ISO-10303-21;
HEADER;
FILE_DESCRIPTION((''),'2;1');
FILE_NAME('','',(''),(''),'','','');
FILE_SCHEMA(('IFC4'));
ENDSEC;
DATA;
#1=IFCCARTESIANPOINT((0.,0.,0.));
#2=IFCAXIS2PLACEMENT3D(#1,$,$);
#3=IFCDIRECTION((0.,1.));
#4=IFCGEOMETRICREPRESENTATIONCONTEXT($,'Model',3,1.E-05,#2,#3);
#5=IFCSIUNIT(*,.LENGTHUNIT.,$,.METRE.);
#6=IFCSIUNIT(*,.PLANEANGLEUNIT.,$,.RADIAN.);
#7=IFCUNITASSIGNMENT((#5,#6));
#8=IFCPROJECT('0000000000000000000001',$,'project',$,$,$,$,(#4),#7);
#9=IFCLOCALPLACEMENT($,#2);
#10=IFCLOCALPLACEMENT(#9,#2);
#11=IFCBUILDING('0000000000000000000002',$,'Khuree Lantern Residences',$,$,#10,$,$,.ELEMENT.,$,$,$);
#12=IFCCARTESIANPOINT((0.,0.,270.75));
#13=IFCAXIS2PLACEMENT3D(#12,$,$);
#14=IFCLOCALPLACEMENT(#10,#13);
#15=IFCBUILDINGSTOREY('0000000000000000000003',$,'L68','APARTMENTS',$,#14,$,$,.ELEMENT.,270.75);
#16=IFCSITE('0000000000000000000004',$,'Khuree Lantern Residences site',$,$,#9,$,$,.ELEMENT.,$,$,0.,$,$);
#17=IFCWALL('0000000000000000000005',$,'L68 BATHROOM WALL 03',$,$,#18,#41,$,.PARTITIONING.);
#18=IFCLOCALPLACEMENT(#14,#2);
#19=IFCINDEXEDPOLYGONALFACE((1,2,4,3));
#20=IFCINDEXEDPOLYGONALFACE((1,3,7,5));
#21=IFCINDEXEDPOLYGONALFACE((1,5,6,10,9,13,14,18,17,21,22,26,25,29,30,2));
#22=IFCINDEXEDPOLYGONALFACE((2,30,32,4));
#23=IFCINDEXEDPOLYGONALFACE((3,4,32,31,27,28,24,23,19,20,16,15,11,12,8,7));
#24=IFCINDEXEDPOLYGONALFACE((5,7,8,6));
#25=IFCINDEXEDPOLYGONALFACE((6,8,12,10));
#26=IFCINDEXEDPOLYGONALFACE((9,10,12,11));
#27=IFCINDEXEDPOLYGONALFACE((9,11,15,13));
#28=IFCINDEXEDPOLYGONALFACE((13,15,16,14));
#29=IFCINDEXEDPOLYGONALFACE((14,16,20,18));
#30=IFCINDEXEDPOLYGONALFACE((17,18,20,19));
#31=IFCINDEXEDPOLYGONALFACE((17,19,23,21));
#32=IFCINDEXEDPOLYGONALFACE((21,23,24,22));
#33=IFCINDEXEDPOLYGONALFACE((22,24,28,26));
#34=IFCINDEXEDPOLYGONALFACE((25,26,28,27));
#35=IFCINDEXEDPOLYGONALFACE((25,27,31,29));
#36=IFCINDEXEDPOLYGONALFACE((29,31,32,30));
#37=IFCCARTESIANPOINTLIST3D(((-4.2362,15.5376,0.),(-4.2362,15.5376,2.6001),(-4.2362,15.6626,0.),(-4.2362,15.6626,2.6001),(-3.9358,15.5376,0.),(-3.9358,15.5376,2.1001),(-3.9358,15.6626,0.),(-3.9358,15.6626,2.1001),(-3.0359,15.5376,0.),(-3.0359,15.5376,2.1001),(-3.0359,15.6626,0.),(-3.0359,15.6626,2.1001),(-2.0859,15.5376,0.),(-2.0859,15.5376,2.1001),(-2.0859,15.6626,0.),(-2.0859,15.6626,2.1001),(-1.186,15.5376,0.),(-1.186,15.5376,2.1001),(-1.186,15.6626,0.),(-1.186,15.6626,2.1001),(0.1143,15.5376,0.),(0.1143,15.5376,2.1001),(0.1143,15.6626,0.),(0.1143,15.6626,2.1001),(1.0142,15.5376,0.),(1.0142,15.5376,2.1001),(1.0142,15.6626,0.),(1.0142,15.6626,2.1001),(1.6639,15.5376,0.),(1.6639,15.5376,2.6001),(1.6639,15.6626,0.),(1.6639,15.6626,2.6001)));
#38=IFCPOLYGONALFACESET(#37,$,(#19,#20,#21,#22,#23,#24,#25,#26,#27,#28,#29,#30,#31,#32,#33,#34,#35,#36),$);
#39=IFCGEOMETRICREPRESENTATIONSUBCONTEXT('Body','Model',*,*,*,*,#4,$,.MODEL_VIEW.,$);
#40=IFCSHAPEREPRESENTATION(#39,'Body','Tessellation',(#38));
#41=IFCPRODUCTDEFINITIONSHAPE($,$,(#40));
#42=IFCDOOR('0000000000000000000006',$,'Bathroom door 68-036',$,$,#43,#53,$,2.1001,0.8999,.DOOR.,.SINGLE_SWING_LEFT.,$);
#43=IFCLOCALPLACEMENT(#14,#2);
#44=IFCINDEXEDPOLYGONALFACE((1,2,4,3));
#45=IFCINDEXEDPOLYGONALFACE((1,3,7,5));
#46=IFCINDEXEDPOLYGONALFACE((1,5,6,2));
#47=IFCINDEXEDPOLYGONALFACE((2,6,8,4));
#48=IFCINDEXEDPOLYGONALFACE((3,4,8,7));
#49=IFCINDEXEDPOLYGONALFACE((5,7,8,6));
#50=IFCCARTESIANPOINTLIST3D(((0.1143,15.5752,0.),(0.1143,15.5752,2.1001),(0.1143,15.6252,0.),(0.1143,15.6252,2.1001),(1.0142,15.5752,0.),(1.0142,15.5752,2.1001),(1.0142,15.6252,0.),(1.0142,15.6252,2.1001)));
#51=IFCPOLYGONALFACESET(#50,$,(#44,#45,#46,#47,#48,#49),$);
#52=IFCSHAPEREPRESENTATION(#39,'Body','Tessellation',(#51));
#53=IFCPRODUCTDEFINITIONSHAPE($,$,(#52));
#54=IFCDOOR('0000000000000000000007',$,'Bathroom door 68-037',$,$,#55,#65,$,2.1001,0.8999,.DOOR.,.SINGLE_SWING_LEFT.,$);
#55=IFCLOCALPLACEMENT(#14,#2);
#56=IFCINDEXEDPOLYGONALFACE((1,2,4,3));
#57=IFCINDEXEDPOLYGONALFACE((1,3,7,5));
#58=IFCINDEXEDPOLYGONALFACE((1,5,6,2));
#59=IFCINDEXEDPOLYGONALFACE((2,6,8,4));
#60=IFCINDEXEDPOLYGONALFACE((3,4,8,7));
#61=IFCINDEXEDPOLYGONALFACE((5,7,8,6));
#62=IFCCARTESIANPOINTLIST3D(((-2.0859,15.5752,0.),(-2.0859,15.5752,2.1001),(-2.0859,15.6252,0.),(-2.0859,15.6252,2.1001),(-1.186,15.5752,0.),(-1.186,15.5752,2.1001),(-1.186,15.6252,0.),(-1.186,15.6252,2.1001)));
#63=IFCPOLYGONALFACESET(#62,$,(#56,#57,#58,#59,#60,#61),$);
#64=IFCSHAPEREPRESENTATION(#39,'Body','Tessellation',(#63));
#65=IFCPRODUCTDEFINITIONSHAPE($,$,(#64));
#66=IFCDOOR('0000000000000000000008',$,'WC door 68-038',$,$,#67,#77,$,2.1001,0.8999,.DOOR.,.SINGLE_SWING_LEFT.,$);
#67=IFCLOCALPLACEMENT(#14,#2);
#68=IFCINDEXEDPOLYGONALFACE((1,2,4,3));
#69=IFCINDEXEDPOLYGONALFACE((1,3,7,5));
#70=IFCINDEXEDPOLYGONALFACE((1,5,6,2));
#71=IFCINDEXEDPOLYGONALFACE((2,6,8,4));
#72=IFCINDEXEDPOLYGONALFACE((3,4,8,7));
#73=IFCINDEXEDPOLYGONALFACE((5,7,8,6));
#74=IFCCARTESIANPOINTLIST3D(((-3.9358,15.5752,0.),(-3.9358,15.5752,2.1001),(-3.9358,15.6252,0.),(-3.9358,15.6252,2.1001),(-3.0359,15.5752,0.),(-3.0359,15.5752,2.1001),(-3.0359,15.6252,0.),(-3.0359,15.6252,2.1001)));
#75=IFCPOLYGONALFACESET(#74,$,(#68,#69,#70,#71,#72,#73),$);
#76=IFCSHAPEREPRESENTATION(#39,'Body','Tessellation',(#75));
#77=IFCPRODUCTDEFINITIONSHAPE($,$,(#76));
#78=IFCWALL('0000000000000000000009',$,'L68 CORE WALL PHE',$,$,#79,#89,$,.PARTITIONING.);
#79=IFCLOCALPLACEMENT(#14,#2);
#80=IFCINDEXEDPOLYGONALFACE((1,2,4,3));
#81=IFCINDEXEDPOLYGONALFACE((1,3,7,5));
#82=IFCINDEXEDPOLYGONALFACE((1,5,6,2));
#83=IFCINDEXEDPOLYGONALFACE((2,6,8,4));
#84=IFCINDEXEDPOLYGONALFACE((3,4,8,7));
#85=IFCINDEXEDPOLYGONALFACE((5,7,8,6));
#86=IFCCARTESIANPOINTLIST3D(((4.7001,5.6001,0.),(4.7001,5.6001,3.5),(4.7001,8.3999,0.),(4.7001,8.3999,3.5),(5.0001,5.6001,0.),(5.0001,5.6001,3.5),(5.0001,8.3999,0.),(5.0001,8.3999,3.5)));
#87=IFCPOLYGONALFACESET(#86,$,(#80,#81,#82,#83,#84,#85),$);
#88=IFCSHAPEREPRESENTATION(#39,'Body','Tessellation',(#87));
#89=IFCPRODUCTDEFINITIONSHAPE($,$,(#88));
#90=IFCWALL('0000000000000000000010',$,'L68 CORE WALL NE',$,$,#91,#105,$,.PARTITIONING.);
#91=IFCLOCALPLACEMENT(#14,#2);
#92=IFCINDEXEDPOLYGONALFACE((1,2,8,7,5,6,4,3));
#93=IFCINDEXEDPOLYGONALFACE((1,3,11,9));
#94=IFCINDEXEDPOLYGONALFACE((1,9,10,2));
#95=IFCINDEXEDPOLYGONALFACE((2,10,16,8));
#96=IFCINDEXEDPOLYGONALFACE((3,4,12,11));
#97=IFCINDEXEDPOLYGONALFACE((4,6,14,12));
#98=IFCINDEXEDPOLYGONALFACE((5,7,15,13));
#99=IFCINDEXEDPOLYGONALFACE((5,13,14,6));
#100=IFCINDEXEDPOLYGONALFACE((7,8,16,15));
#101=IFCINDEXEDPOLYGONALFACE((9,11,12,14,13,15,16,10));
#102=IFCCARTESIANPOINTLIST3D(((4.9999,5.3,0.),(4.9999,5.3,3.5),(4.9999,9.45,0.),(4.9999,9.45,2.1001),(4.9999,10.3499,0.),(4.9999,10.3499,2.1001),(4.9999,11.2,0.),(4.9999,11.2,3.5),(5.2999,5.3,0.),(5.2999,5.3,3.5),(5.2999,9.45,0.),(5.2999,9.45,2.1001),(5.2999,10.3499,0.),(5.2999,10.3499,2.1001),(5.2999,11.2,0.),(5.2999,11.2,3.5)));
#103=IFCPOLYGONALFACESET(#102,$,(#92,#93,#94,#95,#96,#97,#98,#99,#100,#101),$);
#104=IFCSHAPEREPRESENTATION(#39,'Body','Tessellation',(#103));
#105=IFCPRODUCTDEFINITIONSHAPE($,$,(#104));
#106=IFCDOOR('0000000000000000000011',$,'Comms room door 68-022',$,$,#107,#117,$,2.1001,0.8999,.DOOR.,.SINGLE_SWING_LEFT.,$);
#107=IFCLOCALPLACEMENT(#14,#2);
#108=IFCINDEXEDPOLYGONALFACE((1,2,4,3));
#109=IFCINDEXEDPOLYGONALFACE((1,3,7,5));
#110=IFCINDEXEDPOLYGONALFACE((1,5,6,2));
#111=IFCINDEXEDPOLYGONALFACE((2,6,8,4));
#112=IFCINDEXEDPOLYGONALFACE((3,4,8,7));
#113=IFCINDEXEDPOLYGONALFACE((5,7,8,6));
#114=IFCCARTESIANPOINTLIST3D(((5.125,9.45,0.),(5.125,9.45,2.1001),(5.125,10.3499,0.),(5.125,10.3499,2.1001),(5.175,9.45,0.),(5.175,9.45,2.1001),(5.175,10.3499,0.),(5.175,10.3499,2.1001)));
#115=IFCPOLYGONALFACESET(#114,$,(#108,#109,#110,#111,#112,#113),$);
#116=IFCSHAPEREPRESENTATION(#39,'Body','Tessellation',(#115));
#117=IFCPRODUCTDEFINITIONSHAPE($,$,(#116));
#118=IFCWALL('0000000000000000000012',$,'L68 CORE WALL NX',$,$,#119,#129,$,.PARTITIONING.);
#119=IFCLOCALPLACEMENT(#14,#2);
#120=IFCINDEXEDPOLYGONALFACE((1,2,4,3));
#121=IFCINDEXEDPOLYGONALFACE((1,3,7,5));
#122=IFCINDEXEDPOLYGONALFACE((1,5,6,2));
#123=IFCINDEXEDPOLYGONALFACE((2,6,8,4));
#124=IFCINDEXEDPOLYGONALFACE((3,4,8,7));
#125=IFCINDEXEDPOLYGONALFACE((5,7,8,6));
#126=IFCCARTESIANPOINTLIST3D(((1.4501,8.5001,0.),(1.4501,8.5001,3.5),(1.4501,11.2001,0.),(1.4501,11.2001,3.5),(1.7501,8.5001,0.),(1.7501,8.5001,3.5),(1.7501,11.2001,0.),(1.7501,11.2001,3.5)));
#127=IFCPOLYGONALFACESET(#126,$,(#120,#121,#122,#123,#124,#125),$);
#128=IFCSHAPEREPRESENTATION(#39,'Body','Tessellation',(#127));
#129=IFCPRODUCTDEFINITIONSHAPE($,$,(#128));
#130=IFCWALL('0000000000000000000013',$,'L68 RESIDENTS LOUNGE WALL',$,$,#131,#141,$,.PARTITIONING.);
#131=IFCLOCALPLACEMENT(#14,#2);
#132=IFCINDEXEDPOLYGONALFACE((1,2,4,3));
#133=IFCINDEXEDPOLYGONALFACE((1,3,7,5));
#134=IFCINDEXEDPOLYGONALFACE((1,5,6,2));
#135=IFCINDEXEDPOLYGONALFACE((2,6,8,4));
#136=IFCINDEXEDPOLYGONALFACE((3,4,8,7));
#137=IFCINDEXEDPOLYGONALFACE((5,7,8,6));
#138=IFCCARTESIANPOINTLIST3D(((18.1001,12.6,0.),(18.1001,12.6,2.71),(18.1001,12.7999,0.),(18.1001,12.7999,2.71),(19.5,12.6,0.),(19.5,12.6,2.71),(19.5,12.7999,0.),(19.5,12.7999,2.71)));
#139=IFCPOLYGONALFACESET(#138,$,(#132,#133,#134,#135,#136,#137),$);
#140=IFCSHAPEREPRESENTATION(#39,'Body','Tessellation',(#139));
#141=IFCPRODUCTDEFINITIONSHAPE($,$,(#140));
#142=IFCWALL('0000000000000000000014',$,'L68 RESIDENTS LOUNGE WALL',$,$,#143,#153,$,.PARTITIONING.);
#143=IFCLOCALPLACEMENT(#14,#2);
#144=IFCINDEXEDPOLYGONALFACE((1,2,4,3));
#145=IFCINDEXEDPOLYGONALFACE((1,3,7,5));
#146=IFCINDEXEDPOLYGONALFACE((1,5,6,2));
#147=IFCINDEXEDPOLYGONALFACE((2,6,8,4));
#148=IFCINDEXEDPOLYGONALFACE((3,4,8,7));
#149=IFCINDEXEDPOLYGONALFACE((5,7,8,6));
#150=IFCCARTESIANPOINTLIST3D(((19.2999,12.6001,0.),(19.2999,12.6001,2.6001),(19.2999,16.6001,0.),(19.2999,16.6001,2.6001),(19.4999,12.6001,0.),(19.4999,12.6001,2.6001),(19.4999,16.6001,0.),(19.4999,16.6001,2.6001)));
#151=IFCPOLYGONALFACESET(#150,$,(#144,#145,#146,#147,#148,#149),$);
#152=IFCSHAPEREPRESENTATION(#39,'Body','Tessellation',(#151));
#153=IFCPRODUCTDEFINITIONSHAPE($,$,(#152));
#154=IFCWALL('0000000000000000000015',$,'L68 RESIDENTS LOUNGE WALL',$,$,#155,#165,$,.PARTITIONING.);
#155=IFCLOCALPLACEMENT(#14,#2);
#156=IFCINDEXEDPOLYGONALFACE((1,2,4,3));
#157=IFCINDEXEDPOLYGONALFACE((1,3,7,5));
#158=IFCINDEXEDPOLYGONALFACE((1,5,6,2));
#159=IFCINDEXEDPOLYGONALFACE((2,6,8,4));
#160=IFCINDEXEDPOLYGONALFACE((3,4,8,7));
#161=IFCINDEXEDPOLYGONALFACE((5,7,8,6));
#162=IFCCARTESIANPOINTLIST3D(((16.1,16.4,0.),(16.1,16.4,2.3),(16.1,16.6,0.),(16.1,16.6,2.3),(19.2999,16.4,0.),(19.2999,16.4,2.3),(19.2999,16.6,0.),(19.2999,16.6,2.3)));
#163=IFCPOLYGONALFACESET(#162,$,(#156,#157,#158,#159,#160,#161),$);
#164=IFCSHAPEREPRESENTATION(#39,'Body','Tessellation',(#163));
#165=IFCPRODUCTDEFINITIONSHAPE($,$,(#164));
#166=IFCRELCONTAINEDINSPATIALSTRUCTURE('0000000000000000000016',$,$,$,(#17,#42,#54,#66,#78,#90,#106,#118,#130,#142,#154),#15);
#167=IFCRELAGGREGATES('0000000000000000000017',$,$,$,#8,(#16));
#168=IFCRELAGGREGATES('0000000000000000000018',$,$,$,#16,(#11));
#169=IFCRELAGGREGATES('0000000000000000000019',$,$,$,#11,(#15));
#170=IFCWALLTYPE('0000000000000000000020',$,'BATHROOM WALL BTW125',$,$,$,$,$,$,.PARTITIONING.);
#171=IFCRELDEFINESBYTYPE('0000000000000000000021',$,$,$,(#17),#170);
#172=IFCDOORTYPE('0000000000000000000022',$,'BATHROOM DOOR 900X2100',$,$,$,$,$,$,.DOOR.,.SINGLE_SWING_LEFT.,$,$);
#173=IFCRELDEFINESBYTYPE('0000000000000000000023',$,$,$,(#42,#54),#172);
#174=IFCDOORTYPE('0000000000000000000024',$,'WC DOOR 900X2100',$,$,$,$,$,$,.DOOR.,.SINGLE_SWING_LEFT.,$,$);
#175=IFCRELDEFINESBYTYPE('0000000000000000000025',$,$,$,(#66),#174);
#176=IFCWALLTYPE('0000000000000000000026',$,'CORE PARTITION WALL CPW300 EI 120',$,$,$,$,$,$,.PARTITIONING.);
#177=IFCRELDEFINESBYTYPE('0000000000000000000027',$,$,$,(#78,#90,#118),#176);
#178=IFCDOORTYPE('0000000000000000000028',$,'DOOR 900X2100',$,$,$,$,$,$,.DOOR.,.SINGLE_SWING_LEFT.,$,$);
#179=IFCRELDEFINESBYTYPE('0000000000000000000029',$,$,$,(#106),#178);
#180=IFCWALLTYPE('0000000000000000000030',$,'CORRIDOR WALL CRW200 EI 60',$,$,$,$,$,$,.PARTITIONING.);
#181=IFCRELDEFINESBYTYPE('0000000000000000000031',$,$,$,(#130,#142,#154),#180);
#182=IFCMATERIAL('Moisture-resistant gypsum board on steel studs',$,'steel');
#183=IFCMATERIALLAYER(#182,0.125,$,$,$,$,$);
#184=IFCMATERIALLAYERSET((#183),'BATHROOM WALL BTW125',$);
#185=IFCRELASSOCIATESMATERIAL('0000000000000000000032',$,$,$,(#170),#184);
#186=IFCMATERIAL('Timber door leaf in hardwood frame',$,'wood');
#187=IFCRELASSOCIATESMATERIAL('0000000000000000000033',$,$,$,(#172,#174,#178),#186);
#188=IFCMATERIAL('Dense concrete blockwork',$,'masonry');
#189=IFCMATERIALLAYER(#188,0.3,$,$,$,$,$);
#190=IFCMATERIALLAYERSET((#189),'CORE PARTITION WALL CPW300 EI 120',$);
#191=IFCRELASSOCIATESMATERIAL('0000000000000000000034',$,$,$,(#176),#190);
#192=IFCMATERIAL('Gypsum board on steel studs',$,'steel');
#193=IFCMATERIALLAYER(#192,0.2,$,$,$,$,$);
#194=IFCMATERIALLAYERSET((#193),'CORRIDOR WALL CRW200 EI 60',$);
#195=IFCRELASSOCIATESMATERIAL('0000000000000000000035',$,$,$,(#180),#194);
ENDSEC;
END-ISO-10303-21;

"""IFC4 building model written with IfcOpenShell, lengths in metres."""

from ifc_helpers import new_model, si_unit, direction, frame, frame_2d, origin, place, context, subcontext, project, spatial, rectangle, extrude, material, layer, layer_set, type_object, element, fill, save


model = new_model("IFC4")

# Units and contexts
model_context = context("Model", 3, precision=1e-05, world=origin(), true_north=direction((0.0, 1.0)))
body_context = subcontext(model_context, "Body", "Model", "MODEL_VIEW")
ifc_project = project(units=[si_unit("LENGTHUNIT", "METRE"), si_unit("PLANEANGLEUNIT", "RADIAN")], contexts=[model_context])

# Site, building, storey
site_placement = place(None, origin())
site = spatial("IfcSite", under=ifc_project, at=site_placement, Name="Khuree Lantern Residences site", CompositionType="ELEMENT", RefElevation=0.0)
building_placement = place(site_placement, origin())
building = spatial("IfcBuilding", under=site, at=building_placement, Name="Khuree Lantern Residences", CompositionType="ELEMENT")
storey_placement = place(building_placement, frame((0.0, 0.0, 270.75)))
storey = spatial("IfcBuildingStorey", under=building, at=storey_placement, Name="L68", Description="APARTMENTS", CompositionType="ELEMENT", Elevation=270.75)

# Shared definitions
ifc_material_1 = material(Name="Moisture-resistant gypsum board on steel studs", Category="steel")
ifc_layer_1 = layer(ifc_material_1, 0.125)
ifc_layer_set_1 = layer_set([ifc_layer_1], Name="BATHROOM WALL BTW125")
wall_type_1 = type_object("IfcWallType", Name="BATHROOM WALL BTW125", PredefinedType="PARTITIONING", material=ifc_layer_set_1)
ifc_material_2 = material(Name="Timber door leaf in hardwood frame", Category="wood")
door_type_1 = type_object("IfcDoorType", Name="BATHROOM DOOR 900X2100", OperationType="SINGLE_SWING_LEFT", PredefinedType="DOOR", material=ifc_material_2)
door_type_2 = type_object("IfcDoorType", Name="WC DOOR 900X2100", OperationType="SINGLE_SWING_LEFT", PredefinedType="DOOR", material=ifc_material_2)

# Wall, openings, doors
wall_1_placement = place(storey_placement, frame((1.6641, 15.6001, 0.0), z_axis=(0.0, 0.0, 1.0), x_axis=(-1.0, 0.0, 0.0)))
wall_1 = element("IfcWall", 1, at=wall_1_placement, inside=storey, type_object=wall_type_1, Name="L68 BATHROOM WALL 03", PredefinedType="PARTITIONING", context=body_context, shape_type="SweptSolid", body=[
    extrude(rectangle(XDim=5.9001, YDim=0.125, at=frame_2d((2.9502, 0.0))), origin(), (0.0, 0.0, 1.0), 2.6001),
])
opening_1_placement = place(wall_1_placement, frame((0.6499, 0.0, 0.0)))
opening_1 = element("IfcOpeningElement", 2, at=opening_1_placement, cuts=wall_1, PredefinedType="OPENING", context=body_context, shape_type="SweptSolid", body=[
    extrude(rectangle(XDim=0.8999, YDim=2.1001, at=frame_2d((0.45, 1.05))), frame((0.0, 0.0725, 0.0), z_axis=(0.0, -1.0, 0.0), x_axis=(1.0, 0.0, 0.0)), (0.0, 0.0, 1.0), 0.145),
])
opening_2_placement = place(wall_1_placement, frame((2.8501, 0.0, 0.0)))
opening_2 = element("IfcOpeningElement", 3, at=opening_2_placement, cuts=wall_1, PredefinedType="OPENING", context=body_context, shape_type="SweptSolid", body=[
    extrude(rectangle(XDim=0.8999, YDim=2.1001, at=frame_2d((0.45, 1.05))), frame((0.0, 0.0725, 0.0), z_axis=(0.0, -1.0, 0.0), x_axis=(1.0, 0.0, 0.0)), (0.0, 0.0, 1.0), 0.145),
])
opening_3_placement = place(wall_1_placement, frame((4.7, 0.0, 0.0)))
opening_3 = element("IfcOpeningElement", 4, at=opening_3_placement, cuts=wall_1, PredefinedType="OPENING", context=body_context, shape_type="SweptSolid", body=[
    extrude(rectangle(XDim=0.8999, YDim=2.1001, at=frame_2d((0.45, 1.05))), frame((0.0, 0.0725, 0.0), z_axis=(0.0, -1.0, 0.0), x_axis=(1.0, 0.0, 0.0)), (0.0, 0.0, 1.0), 0.145),
])
door_1_placement = place(opening_1_placement, origin())
door_1 = element("IfcDoor", 5, at=door_1_placement, inside=storey, type_object=door_type_1, Name="Bathroom door 68-036", OperationType="SINGLE_SWING_LEFT", OverallHeight=2.1001, OverallWidth=0.8999, PredefinedType="DOOR", context=body_context, shape_type="SweptSolid", body=[
    extrude(rectangle(XDim=0.8999, YDim=2.1001, at=frame_2d((0.45, 1.05))), frame((0.0, 0.0249, 0.0), z_axis=(0.0, -1.0, 0.0), x_axis=(1.0, 0.0, 0.0)), (0.0, 0.0, 1.0), 0.05),
])
fill(opening_1, door_1)
door_2_placement = place(opening_2_placement, origin())
door_2 = element("IfcDoor", 6, at=door_2_placement, inside=storey, type_object=door_type_1, Name="Bathroom door 68-037", OperationType="SINGLE_SWING_LEFT", OverallHeight=2.1001, OverallWidth=0.8999, PredefinedType="DOOR", context=body_context, shape_type="SweptSolid", body=[
    extrude(rectangle(XDim=0.8999, YDim=2.1001, at=frame_2d((0.45, 1.05))), frame((0.0, 0.0249, 0.0), z_axis=(0.0, -1.0, 0.0), x_axis=(1.0, 0.0, 0.0)), (0.0, 0.0, 1.0), 0.05),
])
fill(opening_2, door_2)
door_3_placement = place(opening_3_placement, origin())
door_3 = element("IfcDoor", 7, at=door_3_placement, inside=storey, type_object=door_type_2, Name="WC door 68-038", OperationType="SINGLE_SWING_LEFT", OverallHeight=2.1001, OverallWidth=0.8999, PredefinedType="DOOR", context=body_context, shape_type="SweptSolid", body=[
    extrude(rectangle(XDim=0.8999, YDim=2.1001, at=frame_2d((0.45, 1.05))), frame((0.0, 0.0249, 0.0), z_axis=(0.0, -1.0, 0.0), x_axis=(1.0, 0.0, 0.0)), (0.0, 0.0, 1.0), 0.05),
])
fill(opening_3, door_3)

# Wall
ifc_material_3 = material(Name="Dense concrete blockwork", Category="masonry")
ifc_layer_2 = layer(ifc_material_3, 0.3)
ifc_layer_set_2 = layer_set([ifc_layer_2], Name="CORE PARTITION WALL CPW300 EI 120")
wall_type_2 = type_object("IfcWallType", Name="CORE PARTITION WALL CPW300 EI 120", PredefinedType="PARTITIONING", material=ifc_layer_set_2)
wall_2_placement = place(storey_placement, frame((4.8501, 5.6001, 0.0), z_axis=(0.0, 0.0, 1.0), x_axis=(0.0, 1.0, 0.0)))
element("IfcWall", 8, at=wall_2_placement, inside=storey, type_object=wall_type_2, Name="L68 CORE WALL PHE", PredefinedType="PARTITIONING", context=body_context, shape_type="SweptSolid", body=[
    extrude(rectangle(XDim=2.7998, YDim=0.3, at=frame_2d((1.3999, 0.0))), origin(), (0.0, 0.0, 1.0), 3.5),
])

# Wall, opening, door
wall_3_placement = place(storey_placement, frame((5.1499, 5.3, 0.0), z_axis=(0.0, 0.0, 1.0), x_axis=(0.0, 1.0, 0.0)))
wall_3 = element("IfcWall", 9, at=wall_3_placement, inside=storey, type_object=wall_type_2, Name="L68 CORE WALL NE", PredefinedType="PARTITIONING", context=body_context, shape_type="SweptSolid", body=[
    extrude(rectangle(XDim=5.8999, YDim=0.3, at=frame_2d((2.95, 0.0))), origin(), (0.0, 0.0, 1.0), 3.5),
])
opening_4_placement = place(wall_3_placement, frame((4.1499, 0.0, 0.0)))
opening_4 = element("IfcOpeningElement", 10, at=opening_4_placement, cuts=wall_3, PredefinedType="OPENING", context=body_context, shape_type="SweptSolid", body=[
    extrude(rectangle(XDim=0.8999, YDim=2.1001, at=frame_2d((0.45, 1.05))), frame((0.0, 0.1602, 0.0), z_axis=(0.0, -1.0, 0.0), x_axis=(1.0, 0.0, 0.0)), (0.0, 0.0, 1.0), 0.3201),
])
door_type_3 = type_object("IfcDoorType", Name="DOOR 900X2100", OperationType="SINGLE_SWING_LEFT", PredefinedType="DOOR", material=ifc_material_2)
door_4_placement = place(opening_4_placement, origin())
door_4 = element("IfcDoor", 11, at=door_4_placement, inside=storey, type_object=door_type_3, Name="Comms room door 68-022", OperationType="SINGLE_SWING_LEFT", OverallHeight=2.1001, OverallWidth=0.8999, PredefinedType="DOOR", context=body_context, shape_type="SweptSolid", body=[
    extrude(rectangle(XDim=0.8999, YDim=2.1001, at=frame_2d((0.45, 1.05))), frame((0.0, 0.0249, 0.0), z_axis=(0.0, -1.0, 0.0), x_axis=(1.0, 0.0, 0.0)), (0.0, 0.0, 1.0), 0.05),
])
fill(opening_4, door_4)

# Walls
wall_4_placement = place(storey_placement, frame((1.6001, 8.5, 0.0), z_axis=(0.0, 0.0, 1.0), x_axis=(0.0, 1.0, 0.0)))
element("IfcWall", 12, at=wall_4_placement, inside=storey, type_object=wall_type_2, Name="L68 CORE WALL NX", PredefinedType="PARTITIONING", context=body_context, shape_type="SweptSolid", body=[
    extrude(rectangle(XDim=2.7, YDim=0.3, at=frame_2d((1.3501, 0.0))), origin(), (0.0, 0.0, 1.0), 3.5),
])
ifc_material_4 = material(Name="Gypsum board on steel studs", Category="steel")
ifc_layer_3 = layer(ifc_material_4, 0.2)
ifc_layer_set_3 = layer_set([ifc_layer_3], Name="CORRIDOR WALL CRW200 EI 60")
wall_type_3 = type_object("IfcWallType", Name="CORRIDOR WALL CRW200 EI 60", PredefinedType="PARTITIONING", material=ifc_layer_set_3)
wall_5_placement = place(storey_placement, frame((18.1001, 12.7, 0.0), z_axis=(0.0, 0.0, 1.0), x_axis=(1.0, 0.0, 0.0)))
element("IfcWall", 13, at=wall_5_placement, inside=storey, type_object=wall_type_3, Name="L68 RESIDENTS LOUNGE WALL", PredefinedType="PARTITIONING", context=body_context, shape_type="SweptSolid", body=[
    extrude(rectangle(XDim=1.3999, YDim=0.2, at=frame_2d((0.7, 0.0))), origin(), (0.0, 0.0, 1.0), 2.71),
])
wall_6_placement = place(storey_placement, frame((19.3999, 12.6001, 0.0), z_axis=(0.0, 0.0, 1.0), x_axis=(0.0, 1.0, 0.0)))
element("IfcWall", 14, at=wall_6_placement, inside=storey, type_object=wall_type_3, Name="L68 RESIDENTS LOUNGE WALL", PredefinedType="PARTITIONING", context=body_context, shape_type="SweptSolid", body=[
    extrude(rectangle(XDim=4.0, YDim=0.2, at=frame_2d((2.0, 0.0))), origin(), (0.0, 0.0, 1.0), 2.6001),
])
wall_7_placement = place(storey_placement, frame((19.3, 16.5, 0.0), z_axis=(0.0, 0.0, 1.0), x_axis=(-1.0, 0.0, 0.0)))
element("IfcWall", 15, at=wall_7_placement, inside=storey, type_object=wall_type_3, Name="L68 RESIDENTS LOUNGE WALL", PredefinedType="PARTITIONING", context=body_context, shape_type="SweptSolid", body=[
    extrude(rectangle(XDim=3.2, YDim=0.2, at=frame_2d((1.6001, 0.0))), origin(), (0.0, 0.0, 1.0), 2.3),
])

save(model, "model.ifc")
